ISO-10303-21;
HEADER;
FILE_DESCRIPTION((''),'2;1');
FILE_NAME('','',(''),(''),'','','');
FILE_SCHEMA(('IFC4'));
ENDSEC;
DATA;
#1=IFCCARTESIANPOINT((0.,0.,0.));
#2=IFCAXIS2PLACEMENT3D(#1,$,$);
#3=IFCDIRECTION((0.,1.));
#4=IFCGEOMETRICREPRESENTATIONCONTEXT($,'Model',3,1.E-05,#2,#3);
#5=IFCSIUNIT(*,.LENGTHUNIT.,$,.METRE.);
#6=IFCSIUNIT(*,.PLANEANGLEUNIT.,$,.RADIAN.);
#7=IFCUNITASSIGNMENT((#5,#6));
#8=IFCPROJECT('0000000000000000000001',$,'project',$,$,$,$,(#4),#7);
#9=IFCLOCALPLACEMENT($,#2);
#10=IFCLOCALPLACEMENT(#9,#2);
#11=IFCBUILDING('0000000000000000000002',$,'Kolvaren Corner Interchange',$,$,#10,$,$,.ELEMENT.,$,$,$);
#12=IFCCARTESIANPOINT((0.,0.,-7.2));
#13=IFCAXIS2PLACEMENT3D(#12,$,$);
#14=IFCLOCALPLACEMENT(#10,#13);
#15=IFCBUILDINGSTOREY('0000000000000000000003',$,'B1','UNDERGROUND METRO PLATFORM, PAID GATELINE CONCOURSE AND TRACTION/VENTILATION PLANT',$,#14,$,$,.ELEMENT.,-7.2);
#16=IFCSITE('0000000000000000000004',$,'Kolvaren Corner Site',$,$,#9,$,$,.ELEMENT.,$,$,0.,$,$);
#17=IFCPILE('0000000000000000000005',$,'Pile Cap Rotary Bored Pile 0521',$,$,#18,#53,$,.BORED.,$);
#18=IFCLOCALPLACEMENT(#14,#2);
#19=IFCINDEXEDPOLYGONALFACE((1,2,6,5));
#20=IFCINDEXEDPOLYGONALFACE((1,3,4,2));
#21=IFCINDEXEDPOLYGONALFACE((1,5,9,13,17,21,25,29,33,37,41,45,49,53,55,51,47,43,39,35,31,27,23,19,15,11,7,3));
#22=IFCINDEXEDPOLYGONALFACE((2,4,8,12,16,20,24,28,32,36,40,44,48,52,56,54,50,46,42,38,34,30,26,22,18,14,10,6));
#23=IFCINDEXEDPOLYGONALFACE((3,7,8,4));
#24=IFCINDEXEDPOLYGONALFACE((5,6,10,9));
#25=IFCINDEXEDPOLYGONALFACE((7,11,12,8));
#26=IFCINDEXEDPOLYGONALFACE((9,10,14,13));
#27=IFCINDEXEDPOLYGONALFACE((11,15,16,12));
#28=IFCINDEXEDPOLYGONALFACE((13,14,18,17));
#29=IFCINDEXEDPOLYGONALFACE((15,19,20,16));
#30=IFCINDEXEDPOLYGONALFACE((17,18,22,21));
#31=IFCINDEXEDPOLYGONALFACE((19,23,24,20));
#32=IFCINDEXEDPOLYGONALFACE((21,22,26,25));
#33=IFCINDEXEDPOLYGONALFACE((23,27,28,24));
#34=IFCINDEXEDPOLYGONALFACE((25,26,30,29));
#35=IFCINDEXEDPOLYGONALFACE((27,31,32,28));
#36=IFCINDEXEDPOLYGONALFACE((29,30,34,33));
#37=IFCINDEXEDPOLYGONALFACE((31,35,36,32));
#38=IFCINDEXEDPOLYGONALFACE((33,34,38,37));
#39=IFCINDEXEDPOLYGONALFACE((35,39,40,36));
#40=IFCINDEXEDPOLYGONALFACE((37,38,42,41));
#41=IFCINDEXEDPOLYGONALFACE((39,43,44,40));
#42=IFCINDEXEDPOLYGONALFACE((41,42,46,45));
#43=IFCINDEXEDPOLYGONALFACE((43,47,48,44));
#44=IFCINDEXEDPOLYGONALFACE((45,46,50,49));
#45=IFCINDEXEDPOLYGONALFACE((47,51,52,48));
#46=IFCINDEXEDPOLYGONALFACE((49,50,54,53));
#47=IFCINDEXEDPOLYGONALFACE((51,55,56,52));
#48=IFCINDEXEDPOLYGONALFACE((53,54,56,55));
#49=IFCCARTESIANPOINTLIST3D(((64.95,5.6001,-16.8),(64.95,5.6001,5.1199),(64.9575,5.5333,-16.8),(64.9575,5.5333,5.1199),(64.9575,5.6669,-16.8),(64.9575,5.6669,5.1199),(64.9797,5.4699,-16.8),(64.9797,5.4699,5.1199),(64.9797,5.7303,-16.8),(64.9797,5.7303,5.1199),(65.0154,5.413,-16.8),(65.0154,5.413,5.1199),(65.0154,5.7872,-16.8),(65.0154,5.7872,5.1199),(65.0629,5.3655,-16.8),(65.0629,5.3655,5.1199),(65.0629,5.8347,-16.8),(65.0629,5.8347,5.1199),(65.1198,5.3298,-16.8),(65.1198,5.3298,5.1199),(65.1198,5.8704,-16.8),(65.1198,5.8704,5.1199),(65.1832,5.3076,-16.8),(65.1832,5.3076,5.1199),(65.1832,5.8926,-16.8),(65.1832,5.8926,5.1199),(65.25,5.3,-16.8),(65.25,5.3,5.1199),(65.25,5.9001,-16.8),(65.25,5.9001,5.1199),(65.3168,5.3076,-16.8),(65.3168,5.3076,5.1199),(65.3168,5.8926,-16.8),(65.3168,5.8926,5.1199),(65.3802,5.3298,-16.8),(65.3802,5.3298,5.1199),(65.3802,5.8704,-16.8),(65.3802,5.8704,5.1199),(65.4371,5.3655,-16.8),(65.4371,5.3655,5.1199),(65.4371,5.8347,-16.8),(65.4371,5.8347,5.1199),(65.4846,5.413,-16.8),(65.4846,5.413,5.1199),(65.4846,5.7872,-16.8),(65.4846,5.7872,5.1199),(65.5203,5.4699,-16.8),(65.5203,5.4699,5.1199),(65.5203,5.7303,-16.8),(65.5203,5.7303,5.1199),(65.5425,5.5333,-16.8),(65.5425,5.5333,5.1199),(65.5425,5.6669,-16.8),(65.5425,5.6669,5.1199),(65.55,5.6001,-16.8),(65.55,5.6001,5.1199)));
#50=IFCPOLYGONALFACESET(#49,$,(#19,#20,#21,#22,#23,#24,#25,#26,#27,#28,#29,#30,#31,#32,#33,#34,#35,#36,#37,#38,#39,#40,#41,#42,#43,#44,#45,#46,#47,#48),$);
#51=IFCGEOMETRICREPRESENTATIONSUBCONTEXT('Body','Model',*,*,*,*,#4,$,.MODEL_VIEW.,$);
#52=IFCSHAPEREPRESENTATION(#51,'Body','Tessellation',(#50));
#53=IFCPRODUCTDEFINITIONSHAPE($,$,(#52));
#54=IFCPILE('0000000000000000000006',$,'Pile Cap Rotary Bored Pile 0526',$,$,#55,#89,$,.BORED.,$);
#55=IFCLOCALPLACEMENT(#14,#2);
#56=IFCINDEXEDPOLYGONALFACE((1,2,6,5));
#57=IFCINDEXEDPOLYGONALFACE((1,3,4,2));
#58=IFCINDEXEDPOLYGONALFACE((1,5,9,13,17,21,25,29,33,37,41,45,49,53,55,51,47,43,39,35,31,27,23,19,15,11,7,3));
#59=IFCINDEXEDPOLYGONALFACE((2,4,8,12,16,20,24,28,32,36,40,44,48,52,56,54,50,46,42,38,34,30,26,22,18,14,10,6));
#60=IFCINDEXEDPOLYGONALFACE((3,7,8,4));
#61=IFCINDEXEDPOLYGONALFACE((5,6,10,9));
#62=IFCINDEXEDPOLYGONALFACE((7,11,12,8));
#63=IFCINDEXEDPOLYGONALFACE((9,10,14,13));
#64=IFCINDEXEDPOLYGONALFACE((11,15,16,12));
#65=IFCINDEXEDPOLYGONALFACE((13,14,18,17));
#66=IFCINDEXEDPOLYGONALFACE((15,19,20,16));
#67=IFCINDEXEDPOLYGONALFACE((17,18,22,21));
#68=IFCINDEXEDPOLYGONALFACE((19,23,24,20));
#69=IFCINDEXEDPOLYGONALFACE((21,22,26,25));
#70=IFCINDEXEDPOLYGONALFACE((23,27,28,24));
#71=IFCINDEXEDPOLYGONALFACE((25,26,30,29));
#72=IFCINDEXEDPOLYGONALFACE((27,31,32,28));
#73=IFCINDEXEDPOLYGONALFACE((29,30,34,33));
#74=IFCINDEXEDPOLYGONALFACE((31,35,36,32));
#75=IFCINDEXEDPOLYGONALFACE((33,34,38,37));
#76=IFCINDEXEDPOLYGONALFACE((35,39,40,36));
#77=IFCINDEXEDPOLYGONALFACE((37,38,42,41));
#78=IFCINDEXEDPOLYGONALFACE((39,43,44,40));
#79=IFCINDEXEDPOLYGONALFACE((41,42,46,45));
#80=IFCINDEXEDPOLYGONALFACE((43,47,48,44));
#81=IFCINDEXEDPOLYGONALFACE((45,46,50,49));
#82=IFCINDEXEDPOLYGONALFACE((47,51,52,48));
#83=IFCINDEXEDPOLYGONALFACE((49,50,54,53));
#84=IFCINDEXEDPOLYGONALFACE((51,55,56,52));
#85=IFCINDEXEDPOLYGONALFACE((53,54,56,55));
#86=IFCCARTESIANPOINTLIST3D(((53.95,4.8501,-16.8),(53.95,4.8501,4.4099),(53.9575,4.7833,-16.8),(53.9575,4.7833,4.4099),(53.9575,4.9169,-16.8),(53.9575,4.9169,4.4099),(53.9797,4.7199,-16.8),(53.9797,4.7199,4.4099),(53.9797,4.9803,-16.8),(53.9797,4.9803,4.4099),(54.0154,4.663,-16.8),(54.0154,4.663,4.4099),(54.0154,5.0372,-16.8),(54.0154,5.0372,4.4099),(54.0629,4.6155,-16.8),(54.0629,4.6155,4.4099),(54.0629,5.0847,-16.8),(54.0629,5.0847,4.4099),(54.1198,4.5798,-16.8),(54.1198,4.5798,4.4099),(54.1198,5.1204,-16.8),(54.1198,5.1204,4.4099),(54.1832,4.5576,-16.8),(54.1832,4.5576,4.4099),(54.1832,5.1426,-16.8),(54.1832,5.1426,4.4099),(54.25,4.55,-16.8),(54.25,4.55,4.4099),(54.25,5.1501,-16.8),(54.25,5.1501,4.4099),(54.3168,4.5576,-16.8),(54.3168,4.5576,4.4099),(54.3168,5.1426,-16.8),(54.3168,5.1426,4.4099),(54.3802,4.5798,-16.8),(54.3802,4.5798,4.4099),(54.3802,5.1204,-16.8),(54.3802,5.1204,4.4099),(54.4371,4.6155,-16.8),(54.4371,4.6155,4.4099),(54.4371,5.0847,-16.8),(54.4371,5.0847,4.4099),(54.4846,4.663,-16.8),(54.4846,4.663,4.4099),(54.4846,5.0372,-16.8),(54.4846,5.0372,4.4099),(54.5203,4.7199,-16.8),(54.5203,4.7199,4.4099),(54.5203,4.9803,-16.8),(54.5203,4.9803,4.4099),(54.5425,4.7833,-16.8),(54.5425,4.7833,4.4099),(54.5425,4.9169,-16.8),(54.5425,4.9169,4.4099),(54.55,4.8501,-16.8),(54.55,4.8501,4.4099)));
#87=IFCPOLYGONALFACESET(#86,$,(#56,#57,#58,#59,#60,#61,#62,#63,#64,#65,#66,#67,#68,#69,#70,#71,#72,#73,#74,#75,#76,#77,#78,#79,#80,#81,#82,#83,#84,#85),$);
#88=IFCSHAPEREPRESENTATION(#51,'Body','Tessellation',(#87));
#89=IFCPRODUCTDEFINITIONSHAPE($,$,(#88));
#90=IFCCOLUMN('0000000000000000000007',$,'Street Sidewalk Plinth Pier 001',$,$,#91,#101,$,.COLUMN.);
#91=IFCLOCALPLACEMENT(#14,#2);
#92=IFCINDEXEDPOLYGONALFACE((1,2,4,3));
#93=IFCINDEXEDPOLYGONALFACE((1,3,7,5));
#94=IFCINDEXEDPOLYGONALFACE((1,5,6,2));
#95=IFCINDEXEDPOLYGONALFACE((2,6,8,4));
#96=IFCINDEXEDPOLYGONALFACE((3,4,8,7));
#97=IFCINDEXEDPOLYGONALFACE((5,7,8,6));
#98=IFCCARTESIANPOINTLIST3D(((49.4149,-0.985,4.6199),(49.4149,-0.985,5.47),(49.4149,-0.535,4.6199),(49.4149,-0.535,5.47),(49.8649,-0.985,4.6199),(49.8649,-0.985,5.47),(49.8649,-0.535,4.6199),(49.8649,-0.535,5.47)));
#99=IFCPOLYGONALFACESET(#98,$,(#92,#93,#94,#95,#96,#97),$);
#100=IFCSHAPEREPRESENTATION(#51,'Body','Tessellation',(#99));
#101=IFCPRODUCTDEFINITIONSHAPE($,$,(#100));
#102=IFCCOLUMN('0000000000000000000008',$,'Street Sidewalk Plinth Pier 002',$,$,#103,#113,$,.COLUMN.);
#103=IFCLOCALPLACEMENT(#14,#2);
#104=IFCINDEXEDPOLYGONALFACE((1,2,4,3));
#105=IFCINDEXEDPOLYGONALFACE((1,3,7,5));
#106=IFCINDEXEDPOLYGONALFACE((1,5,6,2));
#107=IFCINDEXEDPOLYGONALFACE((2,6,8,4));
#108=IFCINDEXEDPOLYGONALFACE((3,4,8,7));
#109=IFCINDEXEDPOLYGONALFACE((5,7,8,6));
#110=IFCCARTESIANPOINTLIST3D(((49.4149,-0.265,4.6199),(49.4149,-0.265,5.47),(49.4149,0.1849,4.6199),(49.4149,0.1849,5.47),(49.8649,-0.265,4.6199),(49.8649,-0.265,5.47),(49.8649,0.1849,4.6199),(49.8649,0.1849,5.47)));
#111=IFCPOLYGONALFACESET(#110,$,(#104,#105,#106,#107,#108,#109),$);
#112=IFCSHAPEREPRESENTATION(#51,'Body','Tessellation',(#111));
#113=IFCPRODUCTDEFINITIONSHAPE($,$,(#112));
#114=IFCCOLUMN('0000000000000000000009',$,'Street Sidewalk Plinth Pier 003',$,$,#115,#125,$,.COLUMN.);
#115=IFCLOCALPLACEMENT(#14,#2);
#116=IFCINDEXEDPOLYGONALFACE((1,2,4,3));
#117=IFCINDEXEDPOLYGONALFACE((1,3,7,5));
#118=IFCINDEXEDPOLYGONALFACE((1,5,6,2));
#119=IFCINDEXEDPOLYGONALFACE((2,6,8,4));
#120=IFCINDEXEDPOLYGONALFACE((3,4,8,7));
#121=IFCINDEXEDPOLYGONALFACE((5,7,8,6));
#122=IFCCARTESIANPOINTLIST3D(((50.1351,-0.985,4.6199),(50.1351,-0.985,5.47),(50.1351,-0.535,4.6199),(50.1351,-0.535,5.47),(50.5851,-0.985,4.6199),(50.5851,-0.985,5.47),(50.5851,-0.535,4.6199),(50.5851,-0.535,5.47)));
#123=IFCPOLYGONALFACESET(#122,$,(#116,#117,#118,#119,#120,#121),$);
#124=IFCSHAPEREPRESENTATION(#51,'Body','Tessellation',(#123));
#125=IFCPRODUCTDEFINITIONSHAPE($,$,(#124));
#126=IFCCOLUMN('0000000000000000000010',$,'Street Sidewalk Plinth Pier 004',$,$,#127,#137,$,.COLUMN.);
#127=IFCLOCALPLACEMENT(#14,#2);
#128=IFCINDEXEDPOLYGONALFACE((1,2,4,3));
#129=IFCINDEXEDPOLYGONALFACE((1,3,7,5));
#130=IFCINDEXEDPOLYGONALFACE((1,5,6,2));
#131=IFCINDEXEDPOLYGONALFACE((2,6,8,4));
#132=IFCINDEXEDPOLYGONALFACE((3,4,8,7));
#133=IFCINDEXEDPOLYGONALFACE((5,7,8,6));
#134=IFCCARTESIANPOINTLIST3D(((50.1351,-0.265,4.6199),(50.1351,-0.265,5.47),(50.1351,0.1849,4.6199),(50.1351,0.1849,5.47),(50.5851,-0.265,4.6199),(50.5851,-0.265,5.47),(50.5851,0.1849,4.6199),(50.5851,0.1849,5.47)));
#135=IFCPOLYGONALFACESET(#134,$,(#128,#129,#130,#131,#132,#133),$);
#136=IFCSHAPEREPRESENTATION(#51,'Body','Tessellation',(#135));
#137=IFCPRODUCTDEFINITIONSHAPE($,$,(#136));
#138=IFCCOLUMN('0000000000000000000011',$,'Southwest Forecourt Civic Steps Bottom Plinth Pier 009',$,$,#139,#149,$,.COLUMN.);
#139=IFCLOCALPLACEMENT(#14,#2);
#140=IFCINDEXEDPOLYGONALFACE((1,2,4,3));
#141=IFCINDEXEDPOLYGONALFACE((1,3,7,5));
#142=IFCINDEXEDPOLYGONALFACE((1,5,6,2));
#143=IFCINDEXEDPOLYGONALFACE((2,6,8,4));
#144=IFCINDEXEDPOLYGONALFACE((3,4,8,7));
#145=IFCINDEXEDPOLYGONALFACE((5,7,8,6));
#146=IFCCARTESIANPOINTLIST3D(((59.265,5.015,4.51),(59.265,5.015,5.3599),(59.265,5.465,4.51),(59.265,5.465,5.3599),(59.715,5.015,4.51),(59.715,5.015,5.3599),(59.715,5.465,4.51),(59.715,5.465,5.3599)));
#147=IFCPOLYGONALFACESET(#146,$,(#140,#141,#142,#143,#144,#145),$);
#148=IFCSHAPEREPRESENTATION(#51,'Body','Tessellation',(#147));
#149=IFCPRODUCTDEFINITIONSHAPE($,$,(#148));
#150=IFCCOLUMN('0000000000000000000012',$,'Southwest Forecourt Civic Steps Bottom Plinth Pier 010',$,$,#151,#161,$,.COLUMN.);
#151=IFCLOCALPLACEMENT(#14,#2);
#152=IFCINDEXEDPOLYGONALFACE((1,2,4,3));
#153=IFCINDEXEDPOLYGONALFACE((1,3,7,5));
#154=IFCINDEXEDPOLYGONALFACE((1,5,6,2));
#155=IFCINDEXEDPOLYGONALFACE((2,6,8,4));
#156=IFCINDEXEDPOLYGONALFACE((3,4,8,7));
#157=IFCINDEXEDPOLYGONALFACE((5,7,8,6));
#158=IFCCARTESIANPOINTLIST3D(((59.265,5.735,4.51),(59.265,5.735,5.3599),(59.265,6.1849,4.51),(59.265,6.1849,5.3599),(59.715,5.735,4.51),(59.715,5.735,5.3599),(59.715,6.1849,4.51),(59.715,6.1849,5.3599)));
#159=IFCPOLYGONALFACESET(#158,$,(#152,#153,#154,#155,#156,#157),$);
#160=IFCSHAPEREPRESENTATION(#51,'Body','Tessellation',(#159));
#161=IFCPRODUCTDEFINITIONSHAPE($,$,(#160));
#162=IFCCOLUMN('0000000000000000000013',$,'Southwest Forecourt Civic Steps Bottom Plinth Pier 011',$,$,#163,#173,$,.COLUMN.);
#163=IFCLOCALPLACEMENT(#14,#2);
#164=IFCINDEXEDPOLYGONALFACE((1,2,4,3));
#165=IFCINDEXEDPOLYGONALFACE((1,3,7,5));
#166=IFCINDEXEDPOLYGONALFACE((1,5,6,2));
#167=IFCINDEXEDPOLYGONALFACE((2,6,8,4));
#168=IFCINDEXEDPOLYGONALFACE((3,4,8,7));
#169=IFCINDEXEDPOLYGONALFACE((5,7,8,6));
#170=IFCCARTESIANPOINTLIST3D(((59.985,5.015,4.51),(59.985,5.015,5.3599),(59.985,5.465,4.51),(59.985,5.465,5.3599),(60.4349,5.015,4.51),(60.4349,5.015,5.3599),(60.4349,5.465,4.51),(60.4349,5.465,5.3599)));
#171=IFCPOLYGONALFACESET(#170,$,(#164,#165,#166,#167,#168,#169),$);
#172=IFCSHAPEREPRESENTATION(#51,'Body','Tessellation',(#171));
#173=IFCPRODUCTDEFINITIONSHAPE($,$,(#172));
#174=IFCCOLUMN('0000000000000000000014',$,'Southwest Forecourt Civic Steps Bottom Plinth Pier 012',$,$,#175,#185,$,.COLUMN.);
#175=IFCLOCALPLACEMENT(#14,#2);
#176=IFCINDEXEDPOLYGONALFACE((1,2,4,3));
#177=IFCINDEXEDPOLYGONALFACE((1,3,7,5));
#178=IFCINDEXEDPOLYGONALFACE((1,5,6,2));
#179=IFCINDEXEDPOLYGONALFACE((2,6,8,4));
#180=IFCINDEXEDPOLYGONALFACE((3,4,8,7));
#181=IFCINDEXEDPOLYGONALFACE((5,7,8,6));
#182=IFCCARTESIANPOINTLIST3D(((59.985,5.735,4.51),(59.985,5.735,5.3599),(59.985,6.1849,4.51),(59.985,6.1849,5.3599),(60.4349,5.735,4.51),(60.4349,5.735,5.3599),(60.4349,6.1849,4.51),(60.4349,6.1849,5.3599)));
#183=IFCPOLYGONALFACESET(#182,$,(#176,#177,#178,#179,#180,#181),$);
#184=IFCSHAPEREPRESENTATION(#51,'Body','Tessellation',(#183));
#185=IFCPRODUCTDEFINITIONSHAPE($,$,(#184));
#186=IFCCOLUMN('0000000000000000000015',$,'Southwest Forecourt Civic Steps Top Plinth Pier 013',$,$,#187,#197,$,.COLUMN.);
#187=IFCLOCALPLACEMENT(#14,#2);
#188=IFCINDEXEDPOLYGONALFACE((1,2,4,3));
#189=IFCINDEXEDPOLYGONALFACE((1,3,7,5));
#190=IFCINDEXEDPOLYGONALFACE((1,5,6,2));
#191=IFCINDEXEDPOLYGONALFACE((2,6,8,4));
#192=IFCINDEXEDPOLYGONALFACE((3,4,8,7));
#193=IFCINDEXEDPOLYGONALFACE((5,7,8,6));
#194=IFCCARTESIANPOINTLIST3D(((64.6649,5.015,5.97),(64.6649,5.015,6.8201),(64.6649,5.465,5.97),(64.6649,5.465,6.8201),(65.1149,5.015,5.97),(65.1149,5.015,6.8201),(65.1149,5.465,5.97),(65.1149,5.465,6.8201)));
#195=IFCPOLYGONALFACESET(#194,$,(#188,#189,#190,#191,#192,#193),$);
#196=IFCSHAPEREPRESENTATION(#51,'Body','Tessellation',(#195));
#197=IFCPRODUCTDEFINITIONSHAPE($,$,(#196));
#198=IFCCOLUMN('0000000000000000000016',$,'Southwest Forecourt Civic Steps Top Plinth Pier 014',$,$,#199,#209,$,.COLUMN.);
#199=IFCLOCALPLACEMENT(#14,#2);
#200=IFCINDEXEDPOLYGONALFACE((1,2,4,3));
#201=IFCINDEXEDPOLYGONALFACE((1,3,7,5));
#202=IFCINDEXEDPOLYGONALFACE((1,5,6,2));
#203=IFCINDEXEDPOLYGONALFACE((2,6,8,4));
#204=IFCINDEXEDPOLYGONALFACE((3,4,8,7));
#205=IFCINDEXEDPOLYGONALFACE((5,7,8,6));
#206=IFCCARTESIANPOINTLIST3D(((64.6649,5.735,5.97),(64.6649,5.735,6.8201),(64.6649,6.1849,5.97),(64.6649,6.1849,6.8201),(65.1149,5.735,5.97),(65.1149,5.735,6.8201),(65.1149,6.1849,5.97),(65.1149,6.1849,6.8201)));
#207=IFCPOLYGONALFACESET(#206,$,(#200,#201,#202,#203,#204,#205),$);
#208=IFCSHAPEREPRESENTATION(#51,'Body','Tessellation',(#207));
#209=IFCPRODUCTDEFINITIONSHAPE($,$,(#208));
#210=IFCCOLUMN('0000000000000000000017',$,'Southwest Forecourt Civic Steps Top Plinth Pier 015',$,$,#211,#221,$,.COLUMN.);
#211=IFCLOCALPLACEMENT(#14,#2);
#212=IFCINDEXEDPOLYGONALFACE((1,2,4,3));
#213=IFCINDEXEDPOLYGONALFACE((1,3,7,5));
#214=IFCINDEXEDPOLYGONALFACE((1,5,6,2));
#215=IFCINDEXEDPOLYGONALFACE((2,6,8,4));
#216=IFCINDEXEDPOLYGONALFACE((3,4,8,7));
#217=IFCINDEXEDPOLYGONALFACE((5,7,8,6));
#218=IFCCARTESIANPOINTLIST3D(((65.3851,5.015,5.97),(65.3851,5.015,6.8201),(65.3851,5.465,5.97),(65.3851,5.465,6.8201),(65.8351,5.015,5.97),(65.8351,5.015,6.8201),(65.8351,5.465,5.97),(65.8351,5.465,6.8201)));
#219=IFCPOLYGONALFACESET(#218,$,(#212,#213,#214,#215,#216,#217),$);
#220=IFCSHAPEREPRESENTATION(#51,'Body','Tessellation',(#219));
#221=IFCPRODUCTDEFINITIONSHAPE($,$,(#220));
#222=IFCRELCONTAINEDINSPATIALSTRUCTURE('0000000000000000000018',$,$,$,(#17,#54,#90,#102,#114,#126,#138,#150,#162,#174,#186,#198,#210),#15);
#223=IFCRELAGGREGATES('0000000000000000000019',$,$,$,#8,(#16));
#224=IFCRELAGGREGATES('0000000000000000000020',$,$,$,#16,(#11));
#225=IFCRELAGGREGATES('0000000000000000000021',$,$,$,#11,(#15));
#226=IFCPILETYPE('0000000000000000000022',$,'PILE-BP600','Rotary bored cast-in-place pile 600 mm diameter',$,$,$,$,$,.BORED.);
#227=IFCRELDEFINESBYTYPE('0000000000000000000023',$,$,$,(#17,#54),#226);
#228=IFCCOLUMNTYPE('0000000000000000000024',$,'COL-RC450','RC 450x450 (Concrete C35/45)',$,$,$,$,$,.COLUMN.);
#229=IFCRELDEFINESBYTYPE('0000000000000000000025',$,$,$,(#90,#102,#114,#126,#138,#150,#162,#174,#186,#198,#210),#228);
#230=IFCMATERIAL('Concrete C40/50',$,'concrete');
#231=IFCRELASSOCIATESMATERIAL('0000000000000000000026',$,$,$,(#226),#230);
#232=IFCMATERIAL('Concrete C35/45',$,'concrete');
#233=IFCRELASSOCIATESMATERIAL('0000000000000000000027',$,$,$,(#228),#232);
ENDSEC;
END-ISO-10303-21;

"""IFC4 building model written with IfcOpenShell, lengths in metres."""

from ifc_helpers import new_model, si_unit, direction, frame, origin, origin_2d, place, context, subcontext, project, spatial, rectangle, circle, extrude, material, material_profile, profile_set, type_object, element, save


model = new_model("IFC4")

# Units and contexts
model_context = context("Model", 3, precision=1e-05, world=origin(), true_north=direction((0.0, 1.0)))
body_context = subcontext(model_context, "Body", "Model", "MODEL_VIEW")
ifc_project = project(units=[si_unit("LENGTHUNIT", "METRE"), si_unit("PLANEANGLEUNIT", "RADIAN")], contexts=[model_context])

# Site, building, storey
site_placement = place(None, origin())
site = spatial("IfcSite", under=ifc_project, at=site_placement, Name="Kolvaren Corner Site", CompositionType="ELEMENT", RefElevation=0.0)
building_placement = place(site_placement, origin())
building = spatial("IfcBuilding", under=site, at=building_placement, Name="Kolvaren Corner Interchange", CompositionType="ELEMENT")
storey_placement = place(building_placement, frame((0.0, 0.0, -7.2)))
storey = spatial("IfcBuildingStorey", under=building, at=storey_placement, Name="B1", Description="UNDERGROUND METRO PLATFORM, PAID GATELINE CONCOURSE AND TRACTION/VENTILATION PLANT", CompositionType="ELEMENT", Elevation=-7.2)

# Piles
ifc_material_1 = material(Name="Concrete C40/50", Category="concrete")
ifc_material_profile_1 = material_profile(ifc_material_1, circle(Radius=0.3, at=origin_2d()), Name="BORED PILE 600")
ifc_profile_set_1 = profile_set([ifc_material_profile_1], Name="Concrete C40/50")
pile_type = type_object("IfcPileType", Name="PILE-BP600", Description="Rotary bored cast-in-place pile 600 mm diameter", PredefinedType="BORED", material=ifc_profile_set_1)
pile_1_placement = place(storey_placement, frame((65.25, 5.6001, 5.1199), z_axis=(0.0, 0.0, -1.0), x_axis=(1.0, 0.0, 0.0)))
element("IfcPile", 1, at=pile_1_placement, inside=storey, type_object=pile_type, Name="Pile Cap Rotary Bored Pile 0521", PredefinedType="BORED", context=body_context, shape_type="SweptSolid", body=[
    extrude(circle(Radius=0.3, at=origin_2d()), origin(), (0.0, 0.0, 1.0), 21.9199),
])
pile_2_placement = place(storey_placement, frame((54.25, 4.8501, 4.4099), z_axis=(0.0, 0.0, -1.0), x_axis=(1.0, 0.0, 0.0)))
element("IfcPile", 2, at=pile_2_placement, inside=storey, type_object=pile_type, Name="Pile Cap Rotary Bored Pile 0526", PredefinedType="BORED", context=body_context, shape_type="SweptSolid", body=[
    extrude(circle(Radius=0.3, at=origin_2d()), origin(), (0.0, 0.0, 1.0), 21.21),
])

# Columns
ifc_material_2 = material(Name="Concrete C35/45", Category="concrete")
ifc_material_profile_2 = material_profile(ifc_material_2, rectangle(XDim=0.45, YDim=0.45, at=origin_2d()), Name="RC 450x450")
ifc_profile_set_2 = profile_set([ifc_material_profile_2], Name="Concrete C35/45")
column_type = type_object("IfcColumnType", Name="COL-RC450", Description="RC 450x450 (Concrete C35/45)", PredefinedType="COLUMN", material=ifc_profile_set_2)
for number, where, z_axis, x_axis, name in (
    (3, (49.6399, -0.76, 4.6199), (0.0, 0.0, 1.0), (1.0, 0.0, 0.0), "Street Sidewalk Plinth Pier 001"),
    (4, (49.6399, -0.04, 4.6199), (0.0, 0.0, 1.0), (1.0, 0.0, 0.0), "Street Sidewalk Plinth Pier 002"),
    (5, (50.3601, -0.76, 4.6199), (0.0, 0.0, 1.0), (1.0, 0.0, 0.0), "Street Sidewalk Plinth Pier 003"),
    (6, (50.3601, -0.04, 4.6199), (0.0, 0.0, 1.0), (1.0, 0.0, 0.0), "Street Sidewalk Plinth Pier 004"),
):
    element("IfcColumn", number, at=place(storey_placement, frame(where, z_axis=z_axis, x_axis=x_axis)), inside=storey, type_object=column_type, Name=name, PredefinedType="COLUMN", context=body_context, shape_type="SweptSolid", body=[
        extrude(rectangle(XDim=0.45, YDim=0.45, at=origin_2d()), origin(), (0.0, 0.0, 1.0), 0.8501),
    ])
for number, where, z_axis, x_axis, name in (
    (7, (59.49, 5.24, 4.51), (0.0, 0.0, 1.0), (1.0, 0.0, 0.0), "Southwest Forecourt Civic Steps Bottom Plinth Pier 009"),
    (8, (59.49, 5.96, 4.51), (0.0, 0.0, 1.0), (1.0, 0.0, 0.0), "Southwest Forecourt Civic Steps Bottom Plinth Pier 010"),
    (9, (60.21, 5.24, 4.51), (0.0, 0.0, 1.0), (1.0, 0.0, 0.0), "Southwest Forecourt Civic Steps Bottom Plinth Pier 011"),
    (10, (60.21, 5.96, 4.51), (0.0, 0.0, 1.0), (1.0, 0.0, 0.0), "Southwest Forecourt Civic Steps Bottom Plinth Pier 012"),
):
    element("IfcColumn", number, at=place(storey_placement, frame(where, z_axis=z_axis, x_axis=x_axis)), inside=storey, type_object=column_type, Name=name, PredefinedType="COLUMN", context=body_context, shape_type="SweptSolid", body=[
        extrude(rectangle(XDim=0.45, YDim=0.45, at=origin_2d()), origin(), (0.0, 0.0, 1.0), 0.8499),
    ])
for number, where, z_axis, x_axis, name in (
    (11, (64.8899, 5.24, 5.97), (0.0, 0.0, 1.0), (1.0, 0.0, 0.0), "Southwest Forecourt Civic Steps Top Plinth Pier 013"),
    (12, (64.8899, 5.96, 5.97), (0.0, 0.0, 1.0), (1.0, 0.0, 0.0), "Southwest Forecourt Civic Steps Top Plinth Pier 014"),
    (13, (65.6101, 5.24, 5.97), (0.0, 0.0, 1.0), (1.0, 0.0, 0.0), "Southwest Forecourt Civic Steps Top Plinth Pier 015"),
):
    element("IfcColumn", number, at=place(storey_placement, frame(where, z_axis=z_axis, x_axis=x_axis)), inside=storey, type_object=column_type, Name=name, PredefinedType="COLUMN", context=body_context, shape_type="SweptSolid", body=[
        extrude(rectangle(XDim=0.45, YDim=0.45, at=origin_2d()), origin(), (0.0, 0.0, 1.0), 0.8501),
    ])

save(model, "model.ifc")
